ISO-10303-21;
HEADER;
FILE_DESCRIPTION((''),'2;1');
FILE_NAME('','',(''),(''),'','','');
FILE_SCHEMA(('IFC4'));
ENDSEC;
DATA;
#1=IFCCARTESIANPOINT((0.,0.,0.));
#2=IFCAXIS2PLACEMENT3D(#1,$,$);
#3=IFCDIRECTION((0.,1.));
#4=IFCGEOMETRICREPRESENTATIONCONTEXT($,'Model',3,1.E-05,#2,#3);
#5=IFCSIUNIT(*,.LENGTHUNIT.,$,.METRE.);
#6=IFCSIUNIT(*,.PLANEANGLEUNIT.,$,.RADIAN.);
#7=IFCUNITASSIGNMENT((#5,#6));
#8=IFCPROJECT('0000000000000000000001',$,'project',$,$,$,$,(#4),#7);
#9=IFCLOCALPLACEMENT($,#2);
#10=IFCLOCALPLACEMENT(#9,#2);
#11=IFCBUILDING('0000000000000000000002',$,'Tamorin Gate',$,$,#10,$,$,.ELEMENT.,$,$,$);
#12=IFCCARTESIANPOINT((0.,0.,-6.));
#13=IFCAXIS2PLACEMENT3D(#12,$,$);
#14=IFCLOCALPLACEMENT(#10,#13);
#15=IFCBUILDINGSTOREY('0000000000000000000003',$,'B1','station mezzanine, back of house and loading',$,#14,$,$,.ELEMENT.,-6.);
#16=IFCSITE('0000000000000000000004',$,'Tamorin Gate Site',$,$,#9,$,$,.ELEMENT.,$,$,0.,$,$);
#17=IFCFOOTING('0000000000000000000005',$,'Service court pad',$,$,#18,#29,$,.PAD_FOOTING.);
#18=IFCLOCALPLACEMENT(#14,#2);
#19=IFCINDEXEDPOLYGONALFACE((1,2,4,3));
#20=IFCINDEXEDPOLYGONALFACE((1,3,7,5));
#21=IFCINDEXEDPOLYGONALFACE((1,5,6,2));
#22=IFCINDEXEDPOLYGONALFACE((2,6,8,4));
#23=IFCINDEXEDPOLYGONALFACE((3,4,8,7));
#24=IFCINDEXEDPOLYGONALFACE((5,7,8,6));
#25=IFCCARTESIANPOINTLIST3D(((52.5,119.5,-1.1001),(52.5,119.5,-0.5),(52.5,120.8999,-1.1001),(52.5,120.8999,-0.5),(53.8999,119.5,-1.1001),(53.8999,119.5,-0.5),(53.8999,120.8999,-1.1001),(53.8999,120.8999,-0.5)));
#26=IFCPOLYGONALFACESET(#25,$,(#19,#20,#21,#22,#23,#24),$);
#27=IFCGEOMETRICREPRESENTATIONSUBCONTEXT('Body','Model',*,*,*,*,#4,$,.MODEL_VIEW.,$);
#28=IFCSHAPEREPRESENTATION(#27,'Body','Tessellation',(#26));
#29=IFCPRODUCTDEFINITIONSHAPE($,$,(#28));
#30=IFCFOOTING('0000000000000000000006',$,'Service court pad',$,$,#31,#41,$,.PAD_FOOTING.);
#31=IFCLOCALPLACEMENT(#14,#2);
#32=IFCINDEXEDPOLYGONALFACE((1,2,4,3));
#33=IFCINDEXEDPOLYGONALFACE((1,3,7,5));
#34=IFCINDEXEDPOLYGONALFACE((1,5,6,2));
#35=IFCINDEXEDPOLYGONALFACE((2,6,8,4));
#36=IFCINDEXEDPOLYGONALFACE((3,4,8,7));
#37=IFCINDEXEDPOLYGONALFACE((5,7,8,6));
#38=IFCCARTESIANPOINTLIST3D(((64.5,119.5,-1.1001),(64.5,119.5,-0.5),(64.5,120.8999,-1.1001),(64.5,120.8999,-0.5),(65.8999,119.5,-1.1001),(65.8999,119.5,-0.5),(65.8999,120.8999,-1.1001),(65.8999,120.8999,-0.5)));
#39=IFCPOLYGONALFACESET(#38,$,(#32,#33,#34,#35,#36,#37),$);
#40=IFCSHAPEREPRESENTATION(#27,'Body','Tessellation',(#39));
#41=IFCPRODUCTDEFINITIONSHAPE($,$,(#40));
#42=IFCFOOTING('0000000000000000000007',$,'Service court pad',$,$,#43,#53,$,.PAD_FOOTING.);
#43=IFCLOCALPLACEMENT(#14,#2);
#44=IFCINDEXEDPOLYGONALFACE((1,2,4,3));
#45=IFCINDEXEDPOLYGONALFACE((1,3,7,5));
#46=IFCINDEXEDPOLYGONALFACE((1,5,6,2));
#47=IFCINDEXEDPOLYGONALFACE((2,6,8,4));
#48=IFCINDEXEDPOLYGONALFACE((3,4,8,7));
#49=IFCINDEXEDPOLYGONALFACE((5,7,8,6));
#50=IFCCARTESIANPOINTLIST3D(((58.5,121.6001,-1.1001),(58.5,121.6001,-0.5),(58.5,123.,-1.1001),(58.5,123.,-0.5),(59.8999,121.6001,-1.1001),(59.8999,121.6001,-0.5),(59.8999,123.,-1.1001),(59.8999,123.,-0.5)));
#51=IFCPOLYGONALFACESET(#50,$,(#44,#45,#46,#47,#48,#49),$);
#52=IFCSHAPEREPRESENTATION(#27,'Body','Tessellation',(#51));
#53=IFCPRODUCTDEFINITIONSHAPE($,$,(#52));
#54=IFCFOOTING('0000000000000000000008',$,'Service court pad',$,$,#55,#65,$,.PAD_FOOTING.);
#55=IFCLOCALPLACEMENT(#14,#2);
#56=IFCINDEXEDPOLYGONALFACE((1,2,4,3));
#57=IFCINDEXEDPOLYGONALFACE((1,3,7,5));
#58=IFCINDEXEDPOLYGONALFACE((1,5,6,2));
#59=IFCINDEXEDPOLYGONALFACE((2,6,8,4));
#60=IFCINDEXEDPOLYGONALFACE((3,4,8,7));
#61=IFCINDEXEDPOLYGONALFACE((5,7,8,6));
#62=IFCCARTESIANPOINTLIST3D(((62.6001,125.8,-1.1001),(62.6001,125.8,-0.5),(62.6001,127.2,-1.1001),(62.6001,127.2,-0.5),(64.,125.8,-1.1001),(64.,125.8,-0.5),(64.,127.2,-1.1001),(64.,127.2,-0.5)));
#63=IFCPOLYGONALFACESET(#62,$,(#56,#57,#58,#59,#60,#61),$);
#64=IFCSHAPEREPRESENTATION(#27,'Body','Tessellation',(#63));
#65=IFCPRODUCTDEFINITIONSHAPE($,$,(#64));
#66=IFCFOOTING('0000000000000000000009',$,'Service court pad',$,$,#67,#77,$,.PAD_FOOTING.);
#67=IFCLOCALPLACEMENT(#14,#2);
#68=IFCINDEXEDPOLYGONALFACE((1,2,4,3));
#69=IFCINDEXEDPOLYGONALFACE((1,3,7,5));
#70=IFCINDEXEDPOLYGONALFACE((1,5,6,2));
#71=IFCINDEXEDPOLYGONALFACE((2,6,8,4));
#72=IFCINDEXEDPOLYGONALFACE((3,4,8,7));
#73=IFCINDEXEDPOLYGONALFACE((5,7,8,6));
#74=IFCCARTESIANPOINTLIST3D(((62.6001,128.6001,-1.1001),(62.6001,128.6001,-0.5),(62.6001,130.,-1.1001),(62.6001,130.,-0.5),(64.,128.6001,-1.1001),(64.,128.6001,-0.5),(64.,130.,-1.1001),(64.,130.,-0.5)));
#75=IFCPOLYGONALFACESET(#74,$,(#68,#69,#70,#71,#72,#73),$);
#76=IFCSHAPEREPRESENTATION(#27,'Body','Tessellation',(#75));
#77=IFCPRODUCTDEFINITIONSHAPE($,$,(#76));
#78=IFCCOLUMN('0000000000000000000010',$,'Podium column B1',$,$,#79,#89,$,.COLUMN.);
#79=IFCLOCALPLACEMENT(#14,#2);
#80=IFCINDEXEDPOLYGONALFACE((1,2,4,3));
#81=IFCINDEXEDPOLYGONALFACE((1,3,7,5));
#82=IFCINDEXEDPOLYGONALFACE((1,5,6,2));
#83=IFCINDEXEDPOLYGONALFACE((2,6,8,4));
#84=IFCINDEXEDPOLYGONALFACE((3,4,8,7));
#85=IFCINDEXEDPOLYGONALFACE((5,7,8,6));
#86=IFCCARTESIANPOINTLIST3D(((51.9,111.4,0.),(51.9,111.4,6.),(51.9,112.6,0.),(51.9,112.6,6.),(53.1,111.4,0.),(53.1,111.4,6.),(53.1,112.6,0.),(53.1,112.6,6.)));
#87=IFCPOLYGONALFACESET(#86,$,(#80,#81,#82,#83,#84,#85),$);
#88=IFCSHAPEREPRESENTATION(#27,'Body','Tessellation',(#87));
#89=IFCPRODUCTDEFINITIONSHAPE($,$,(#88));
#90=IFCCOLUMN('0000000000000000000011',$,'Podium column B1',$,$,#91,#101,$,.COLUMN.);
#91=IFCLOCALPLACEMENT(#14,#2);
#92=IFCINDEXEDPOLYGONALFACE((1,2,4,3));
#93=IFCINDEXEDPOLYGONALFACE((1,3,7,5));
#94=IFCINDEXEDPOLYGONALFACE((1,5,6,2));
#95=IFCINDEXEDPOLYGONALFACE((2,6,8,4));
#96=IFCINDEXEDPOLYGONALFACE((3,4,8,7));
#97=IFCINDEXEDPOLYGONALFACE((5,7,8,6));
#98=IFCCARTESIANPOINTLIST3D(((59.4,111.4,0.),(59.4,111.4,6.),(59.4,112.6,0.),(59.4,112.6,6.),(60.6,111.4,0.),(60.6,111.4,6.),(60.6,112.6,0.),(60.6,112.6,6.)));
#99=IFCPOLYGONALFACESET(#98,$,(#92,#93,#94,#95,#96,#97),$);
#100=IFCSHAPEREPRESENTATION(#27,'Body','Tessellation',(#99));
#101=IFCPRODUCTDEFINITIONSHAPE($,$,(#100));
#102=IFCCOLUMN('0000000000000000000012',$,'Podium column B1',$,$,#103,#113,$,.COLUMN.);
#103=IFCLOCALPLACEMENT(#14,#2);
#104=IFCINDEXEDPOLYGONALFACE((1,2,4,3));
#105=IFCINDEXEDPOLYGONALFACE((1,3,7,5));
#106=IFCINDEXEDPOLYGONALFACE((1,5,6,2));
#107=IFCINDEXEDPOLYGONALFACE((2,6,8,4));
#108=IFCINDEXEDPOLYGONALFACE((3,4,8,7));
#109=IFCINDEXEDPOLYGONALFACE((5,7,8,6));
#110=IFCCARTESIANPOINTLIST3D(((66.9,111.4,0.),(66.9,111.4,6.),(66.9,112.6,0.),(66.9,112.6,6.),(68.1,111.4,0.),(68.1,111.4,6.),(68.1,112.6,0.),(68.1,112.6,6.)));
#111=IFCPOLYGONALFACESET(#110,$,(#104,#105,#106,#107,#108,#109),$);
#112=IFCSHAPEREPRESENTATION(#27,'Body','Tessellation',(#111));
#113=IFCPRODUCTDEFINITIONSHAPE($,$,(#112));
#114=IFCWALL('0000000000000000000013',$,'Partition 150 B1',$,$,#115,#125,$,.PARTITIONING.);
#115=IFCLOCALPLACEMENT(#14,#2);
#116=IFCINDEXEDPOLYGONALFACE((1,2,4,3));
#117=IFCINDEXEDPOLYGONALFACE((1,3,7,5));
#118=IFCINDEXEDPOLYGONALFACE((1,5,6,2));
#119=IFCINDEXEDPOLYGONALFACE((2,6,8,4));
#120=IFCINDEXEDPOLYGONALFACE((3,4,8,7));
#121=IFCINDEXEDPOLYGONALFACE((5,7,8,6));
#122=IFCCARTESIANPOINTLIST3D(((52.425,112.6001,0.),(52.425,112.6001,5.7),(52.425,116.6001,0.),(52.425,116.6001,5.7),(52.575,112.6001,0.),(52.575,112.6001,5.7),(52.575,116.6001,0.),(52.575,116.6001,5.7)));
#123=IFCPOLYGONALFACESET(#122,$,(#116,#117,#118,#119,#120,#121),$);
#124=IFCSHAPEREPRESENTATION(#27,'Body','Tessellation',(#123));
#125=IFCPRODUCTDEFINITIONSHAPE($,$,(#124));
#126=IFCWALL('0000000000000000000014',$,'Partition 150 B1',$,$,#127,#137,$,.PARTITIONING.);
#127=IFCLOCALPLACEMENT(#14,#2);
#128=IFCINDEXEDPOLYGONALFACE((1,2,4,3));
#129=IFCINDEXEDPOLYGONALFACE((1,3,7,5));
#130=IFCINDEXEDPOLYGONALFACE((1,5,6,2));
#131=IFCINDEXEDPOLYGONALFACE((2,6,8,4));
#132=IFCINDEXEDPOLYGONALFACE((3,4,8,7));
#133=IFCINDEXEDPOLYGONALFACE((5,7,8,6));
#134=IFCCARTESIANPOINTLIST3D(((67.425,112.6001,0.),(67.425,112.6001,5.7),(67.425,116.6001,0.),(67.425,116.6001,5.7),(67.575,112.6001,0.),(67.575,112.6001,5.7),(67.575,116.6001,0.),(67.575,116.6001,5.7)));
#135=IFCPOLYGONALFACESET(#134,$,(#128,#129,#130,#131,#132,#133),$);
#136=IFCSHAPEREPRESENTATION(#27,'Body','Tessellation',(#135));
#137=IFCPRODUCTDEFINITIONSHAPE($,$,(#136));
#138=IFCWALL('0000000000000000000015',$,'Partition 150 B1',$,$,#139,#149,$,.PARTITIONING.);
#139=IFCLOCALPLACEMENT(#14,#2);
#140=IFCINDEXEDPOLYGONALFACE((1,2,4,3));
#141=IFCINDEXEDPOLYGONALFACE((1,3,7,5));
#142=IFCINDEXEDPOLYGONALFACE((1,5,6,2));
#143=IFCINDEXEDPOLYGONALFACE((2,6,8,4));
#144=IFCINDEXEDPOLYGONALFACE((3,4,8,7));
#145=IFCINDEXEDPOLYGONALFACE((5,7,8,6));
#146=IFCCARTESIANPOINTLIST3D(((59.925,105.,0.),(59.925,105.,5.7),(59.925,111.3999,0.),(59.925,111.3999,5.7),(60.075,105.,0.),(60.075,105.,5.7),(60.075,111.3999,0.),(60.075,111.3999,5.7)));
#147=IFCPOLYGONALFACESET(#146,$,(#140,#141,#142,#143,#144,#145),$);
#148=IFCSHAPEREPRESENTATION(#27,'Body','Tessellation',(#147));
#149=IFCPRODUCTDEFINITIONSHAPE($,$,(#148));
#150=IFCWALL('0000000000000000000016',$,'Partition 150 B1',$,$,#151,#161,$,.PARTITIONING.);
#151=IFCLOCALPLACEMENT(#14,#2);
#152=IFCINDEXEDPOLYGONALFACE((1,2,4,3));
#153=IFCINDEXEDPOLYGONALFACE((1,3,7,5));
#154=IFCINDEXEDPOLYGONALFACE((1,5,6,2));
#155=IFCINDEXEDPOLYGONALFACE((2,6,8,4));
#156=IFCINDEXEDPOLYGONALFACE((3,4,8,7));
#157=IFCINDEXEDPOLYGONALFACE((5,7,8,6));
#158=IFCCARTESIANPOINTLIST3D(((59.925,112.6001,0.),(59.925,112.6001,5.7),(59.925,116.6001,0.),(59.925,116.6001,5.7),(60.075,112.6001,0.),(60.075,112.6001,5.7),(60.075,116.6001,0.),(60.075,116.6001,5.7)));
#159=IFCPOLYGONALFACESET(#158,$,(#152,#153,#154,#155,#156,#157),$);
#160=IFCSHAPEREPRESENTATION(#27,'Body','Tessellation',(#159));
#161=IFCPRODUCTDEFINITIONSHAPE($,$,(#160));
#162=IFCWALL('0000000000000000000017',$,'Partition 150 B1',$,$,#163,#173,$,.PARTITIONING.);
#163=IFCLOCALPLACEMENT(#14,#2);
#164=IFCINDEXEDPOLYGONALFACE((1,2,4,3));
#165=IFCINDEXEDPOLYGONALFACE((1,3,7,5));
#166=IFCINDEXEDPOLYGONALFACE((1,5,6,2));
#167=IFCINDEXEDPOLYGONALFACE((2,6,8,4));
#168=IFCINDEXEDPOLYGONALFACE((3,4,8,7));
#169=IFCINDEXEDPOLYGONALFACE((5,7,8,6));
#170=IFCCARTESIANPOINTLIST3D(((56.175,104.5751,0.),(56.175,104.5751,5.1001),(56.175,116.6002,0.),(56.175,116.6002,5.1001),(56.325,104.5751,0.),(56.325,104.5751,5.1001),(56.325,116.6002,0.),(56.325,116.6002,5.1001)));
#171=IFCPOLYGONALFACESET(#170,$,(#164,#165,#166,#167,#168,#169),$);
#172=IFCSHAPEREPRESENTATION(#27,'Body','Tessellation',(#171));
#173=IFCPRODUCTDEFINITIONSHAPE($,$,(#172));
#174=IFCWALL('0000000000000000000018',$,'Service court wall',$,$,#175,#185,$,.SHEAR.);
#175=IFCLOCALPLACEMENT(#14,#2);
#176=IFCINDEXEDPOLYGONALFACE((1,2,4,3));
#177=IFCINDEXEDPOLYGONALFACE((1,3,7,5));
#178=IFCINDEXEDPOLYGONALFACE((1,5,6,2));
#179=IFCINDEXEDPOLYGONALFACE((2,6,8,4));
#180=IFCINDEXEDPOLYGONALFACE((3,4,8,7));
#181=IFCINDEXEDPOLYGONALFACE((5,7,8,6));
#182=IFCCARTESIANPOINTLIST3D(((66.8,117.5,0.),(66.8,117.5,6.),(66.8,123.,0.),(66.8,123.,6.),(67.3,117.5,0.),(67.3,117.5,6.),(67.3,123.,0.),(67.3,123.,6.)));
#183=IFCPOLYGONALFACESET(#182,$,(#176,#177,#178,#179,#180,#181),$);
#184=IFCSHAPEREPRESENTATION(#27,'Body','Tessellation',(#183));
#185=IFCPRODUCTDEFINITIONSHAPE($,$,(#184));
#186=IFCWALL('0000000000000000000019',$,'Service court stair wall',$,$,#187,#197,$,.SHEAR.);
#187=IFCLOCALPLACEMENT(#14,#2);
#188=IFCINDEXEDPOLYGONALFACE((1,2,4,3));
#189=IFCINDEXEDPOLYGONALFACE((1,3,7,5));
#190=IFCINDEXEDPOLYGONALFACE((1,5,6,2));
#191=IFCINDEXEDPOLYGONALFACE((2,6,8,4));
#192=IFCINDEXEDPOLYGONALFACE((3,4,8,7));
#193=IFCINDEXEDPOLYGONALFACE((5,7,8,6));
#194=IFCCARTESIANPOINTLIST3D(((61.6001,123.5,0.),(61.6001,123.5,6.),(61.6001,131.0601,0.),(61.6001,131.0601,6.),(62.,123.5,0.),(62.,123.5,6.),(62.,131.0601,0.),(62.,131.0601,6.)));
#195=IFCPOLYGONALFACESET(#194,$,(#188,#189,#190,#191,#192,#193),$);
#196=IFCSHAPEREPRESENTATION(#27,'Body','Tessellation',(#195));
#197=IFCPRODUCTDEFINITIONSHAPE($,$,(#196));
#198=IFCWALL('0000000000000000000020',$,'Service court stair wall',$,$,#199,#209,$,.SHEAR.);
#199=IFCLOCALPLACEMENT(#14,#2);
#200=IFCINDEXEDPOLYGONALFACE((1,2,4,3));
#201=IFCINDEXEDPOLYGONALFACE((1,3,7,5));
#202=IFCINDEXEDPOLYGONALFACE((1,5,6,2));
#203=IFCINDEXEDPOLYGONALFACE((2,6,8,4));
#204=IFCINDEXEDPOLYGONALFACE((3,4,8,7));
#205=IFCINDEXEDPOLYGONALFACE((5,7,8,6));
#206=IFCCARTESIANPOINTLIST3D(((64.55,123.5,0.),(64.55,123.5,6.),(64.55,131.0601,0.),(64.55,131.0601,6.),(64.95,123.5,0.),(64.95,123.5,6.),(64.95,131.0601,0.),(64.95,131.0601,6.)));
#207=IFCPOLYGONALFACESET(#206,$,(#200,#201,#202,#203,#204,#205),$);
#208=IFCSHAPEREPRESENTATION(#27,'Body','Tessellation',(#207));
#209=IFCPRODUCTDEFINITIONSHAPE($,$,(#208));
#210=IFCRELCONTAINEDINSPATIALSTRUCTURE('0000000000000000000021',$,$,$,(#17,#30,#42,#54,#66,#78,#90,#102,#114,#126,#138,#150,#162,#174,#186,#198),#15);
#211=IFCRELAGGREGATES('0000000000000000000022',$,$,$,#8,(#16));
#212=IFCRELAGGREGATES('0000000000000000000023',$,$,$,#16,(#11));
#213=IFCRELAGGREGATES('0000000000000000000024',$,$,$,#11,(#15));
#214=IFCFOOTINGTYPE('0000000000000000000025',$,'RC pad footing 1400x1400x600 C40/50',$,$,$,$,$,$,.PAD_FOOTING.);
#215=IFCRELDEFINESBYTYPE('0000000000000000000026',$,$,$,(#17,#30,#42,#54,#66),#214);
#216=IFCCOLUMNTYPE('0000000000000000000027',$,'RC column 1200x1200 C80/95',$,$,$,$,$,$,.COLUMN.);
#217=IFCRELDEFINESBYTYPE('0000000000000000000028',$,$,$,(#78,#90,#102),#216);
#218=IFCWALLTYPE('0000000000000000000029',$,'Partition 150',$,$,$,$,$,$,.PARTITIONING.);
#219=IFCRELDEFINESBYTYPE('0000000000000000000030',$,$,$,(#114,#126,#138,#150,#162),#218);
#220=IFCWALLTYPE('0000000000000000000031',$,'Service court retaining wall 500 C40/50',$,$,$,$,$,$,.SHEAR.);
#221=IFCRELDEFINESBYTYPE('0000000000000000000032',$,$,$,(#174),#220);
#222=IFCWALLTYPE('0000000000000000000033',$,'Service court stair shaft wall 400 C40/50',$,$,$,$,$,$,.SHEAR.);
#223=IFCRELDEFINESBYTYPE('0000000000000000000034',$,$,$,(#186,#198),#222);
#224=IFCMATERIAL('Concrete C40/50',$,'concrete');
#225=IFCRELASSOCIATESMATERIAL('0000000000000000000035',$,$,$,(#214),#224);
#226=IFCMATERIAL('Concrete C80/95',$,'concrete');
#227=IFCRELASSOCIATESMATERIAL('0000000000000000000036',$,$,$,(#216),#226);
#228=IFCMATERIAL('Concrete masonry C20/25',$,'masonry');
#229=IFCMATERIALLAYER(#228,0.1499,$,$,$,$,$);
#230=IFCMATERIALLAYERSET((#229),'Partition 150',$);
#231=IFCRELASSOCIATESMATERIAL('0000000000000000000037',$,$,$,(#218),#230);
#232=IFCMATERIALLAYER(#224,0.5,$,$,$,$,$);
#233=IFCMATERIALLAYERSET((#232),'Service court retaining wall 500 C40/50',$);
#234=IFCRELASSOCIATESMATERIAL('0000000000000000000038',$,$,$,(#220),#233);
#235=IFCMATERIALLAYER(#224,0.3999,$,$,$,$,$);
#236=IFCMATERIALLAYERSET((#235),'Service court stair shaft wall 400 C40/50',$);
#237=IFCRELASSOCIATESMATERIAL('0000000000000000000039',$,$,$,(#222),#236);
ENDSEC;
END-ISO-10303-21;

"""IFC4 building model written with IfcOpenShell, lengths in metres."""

from ifc_helpers import new_model, si_unit, direction, frame, frame_2d, origin, origin_2d, place, context, subcontext, project, spatial, rectangle, extrude, material, layer, layer_set, material_profile, profile_set, type_object, element, save


model = new_model("IFC4")

# Units and contexts
model_context = context("Model", 3, precision=1e-05, world=origin(), true_north=direction((0.0, 1.0)))
body_context = subcontext(model_context, "Body", "Model", "MODEL_VIEW")
ifc_project = project(units=[si_unit("LENGTHUNIT", "METRE"), si_unit("PLANEANGLEUNIT", "RADIAN")], contexts=[model_context])

# Site, building, storey
site_placement = place(None, origin())
site = spatial("IfcSite", under=ifc_project, at=site_placement, Name="Tamorin Gate Site", CompositionType="ELEMENT", RefElevation=0.0)
building_placement = place(site_placement, origin())
building = spatial("IfcBuilding", under=site, at=building_placement, Name="Tamorin Gate", CompositionType="ELEMENT")
storey_placement = place(building_placement, frame((0.0, 0.0, -6.0)))
storey = spatial("IfcBuildingStorey", under=building, at=storey_placement, Name="B1", Description="station mezzanine, back of house and loading", CompositionType="ELEMENT", Elevation=-6.0)

# Footings
ifc_material_1 = material(Name="Concrete C40/50", Category="concrete")
footing_type = type_object("IfcFootingType", Name="RC pad footing 1400x1400x600 C40/50", PredefinedType="PAD_FOOTING", material=ifc_material_1)
for number, where, z_axis, x_axis, name in (
    (1, (53.2, 120.2, -1.1001), (0.0, 0.0, 1.0), (1.0, 0.0, 0.0), "Service court pad"),
    (2, (65.2, 120.2, -1.1001), (0.0, 0.0, 1.0), (1.0, 0.0, 0.0), "Service court pad"),
    (3, (59.2, 122.3, -1.1001), (0.0, 0.0, 1.0), (1.0, 0.0, 0.0), "Service court pad"),
    (4, (63.3, 126.5, -1.1001), (0.0, 0.0, 1.0), (1.0, 0.0, 0.0), "Service court pad"),
    (5, (63.3, 129.3, -1.1001), (0.0, 0.0, 1.0), (1.0, 0.0, 0.0), "Service court pad"),
):
    element("IfcFooting", number, at=place(storey_placement, frame(where, z_axis=z_axis, x_axis=x_axis)), inside=storey, type_object=footing_type, Name=name, PredefinedType="PAD_FOOTING", context=body_context, shape_type="SweptSolid", body=[
        extrude(rectangle(XDim=1.3999, YDim=1.3999, at=origin_2d()), origin(), (0.0, 0.0, 1.0), 0.6001),
    ])

# Columns
ifc_material_2 = material(Name="Concrete C80/95", Category="concrete")
ifc_material_profile = material_profile(ifc_material_2, rectangle(XDim=1.2, YDim=1.2, at=origin_2d()), Name="RC 1200x1200")
ifc_profile_set = profile_set([ifc_material_profile], Name="Concrete C80/95")
column_type = type_object("IfcColumnType", Name="RC column 1200x1200 C80/95", PredefinedType="COLUMN", material=ifc_profile_set)
for number, where, z_axis, x_axis, name in (
    (6, (52.5, 112.0, 0.0), (0.0, 0.0, 1.0), (1.0, 0.0, 0.0), "Podium column B1"),
    (7, (60.0, 112.0, 0.0), (0.0, 0.0, 1.0), (1.0, 0.0, 0.0), "Podium column B1"),
    (8, (67.5, 112.0, 0.0), (0.0, 0.0, 1.0), (1.0, 0.0, 0.0), "Podium column B1"),
):
    element("IfcColumn", number, at=place(storey_placement, frame(where, z_axis=z_axis, x_axis=x_axis)), inside=storey, type_object=column_type, Name=name, PredefinedType="COLUMN", context=body_context, shape_type="SweptSolid", body=[
        extrude(rectangle(XDim=1.2, YDim=1.2, at=origin_2d()), origin(), (0.0, 0.0, 1.0), 6.0),
    ])

# Walls
ifc_material_3 = material(Name="Concrete masonry C20/25", Category="masonry")
ifc_layer_1 = layer(ifc_material_3, 0.1499)
ifc_layer_set_1 = layer_set([ifc_layer_1], Name="Partition 150")
wall_type_1 = type_object("IfcWallType", Name="Partition 150", PredefinedType="PARTITIONING", material=ifc_layer_set_1)
for number, where, z_axis, x_axis, name in (
    (9, (52.5, 112.6001, 0.0), (0.0, 0.0, 1.0), (0.0, 1.0, 0.0), "Partition 150 B1"),
    (10, (67.5, 112.6001, 0.0), (0.0, 0.0, 1.0), (0.0, 1.0, 0.0), "Partition 150 B1"),
):
    element("IfcWall", number, at=place(storey_placement, frame(where, z_axis=z_axis, x_axis=x_axis)), inside=storey, type_object=wall_type_1, Name=name, PredefinedType="PARTITIONING", context=body_context, shape_type="SweptSolid", body=[
        extrude(rectangle(XDim=4.0, YDim=0.1499, at=frame_2d((2.0, 0.0))), origin(), (0.0, 0.0, 1.0), 5.7),
    ])
wall_1_placement = place(storey_placement, frame((60.0, 105.0, 0.0), z_axis=(0.0, 0.0, 1.0), x_axis=(0.0, 1.0, 0.0)))
element("IfcWall", 11, at=wall_1_placement, inside=storey, type_object=wall_type_1, Name="Partition 150 B1", PredefinedType="PARTITIONING", context=body_context, shape_type="SweptSolid", body=[
    extrude(rectangle(XDim=6.3999, YDim=0.1499, at=frame_2d((3.2, 0.0))), origin(), (0.0, 0.0, 1.0), 5.7),
])
wall_2_placement = place(storey_placement, frame((60.0, 112.6001, 0.0), z_axis=(0.0, 0.0, 1.0), x_axis=(0.0, 1.0, 0.0)))
element("IfcWall", 12, at=wall_2_placement, inside=storey, type_object=wall_type_1, Name="Partition 150 B1", PredefinedType="PARTITIONING", context=body_context, shape_type="SweptSolid", body=[
    extrude(rectangle(XDim=4.0, YDim=0.1499, at=frame_2d((2.0, 0.0))), origin(), (0.0, 0.0, 1.0), 5.7),
])
wall_3_placement = place(storey_placement, frame((56.25, 104.575, 0.0), z_axis=(0.0, 0.0, 1.0), x_axis=(0.0, 1.0, 0.0)))
element("IfcWall", 13, at=wall_3_placement, inside=storey, type_object=wall_type_1, Name="Partition 150 B1", PredefinedType="PARTITIONING", context=body_context, shape_type="SweptSolid", body=[
    extrude(rectangle(XDim=12.0251, YDim=0.1499, at=frame_2d((6.0127, 0.0))), origin(), (0.0, 0.0, 1.0), 5.1001),
])
ifc_layer_2 = layer(ifc_material_1, 0.5)
ifc_layer_set_2 = layer_set([ifc_layer_2], Name="Service court retaining wall 500 C40/50")
wall_type_2 = type_object("IfcWallType", Name="Service court retaining wall 500 C40/50", PredefinedType="SHEAR", material=ifc_layer_set_2)
wall_4_placement = place(storey_placement, frame((67.05, 117.5, 0.0), z_axis=(0.0, 0.0, 1.0), x_axis=(0.0, 1.0, 0.0)))
element("IfcWall", 14, at=wall_4_placement, inside=storey, type_object=wall_type_2, Name="Service court wall", PredefinedType="SHEAR", context=body_context, shape_type="SweptSolid", body=[
    extrude(rectangle(XDim=5.5, YDim=0.5, at=frame_2d((2.75, 0.0))), origin(), (0.0, 0.0, 1.0), 6.0),
])
ifc_layer_3 = layer(ifc_material_1, 0.3999)
ifc_layer_set_3 = layer_set([ifc_layer_3], Name="Service court stair shaft wall 400 C40/50")
wall_type_3 = type_object("IfcWallType", Name="Service court stair shaft wall 400 C40/50", PredefinedType="SHEAR", material=ifc_layer_set_3)
for number, where, z_axis, x_axis, name in (
    (15, (61.8, 123.5, 0.0), (0.0, 0.0, 1.0), (0.0, 1.0, 0.0), "Service court stair wall"),
    (16, (64.75, 123.5, 0.0), (0.0, 0.0, 1.0), (0.0, 1.0, 0.0), "Service court stair wall"),
):
    element("IfcWall", number, at=place(storey_placement, frame(where, z_axis=z_axis, x_axis=x_axis)), inside=storey, type_object=wall_type_3, Name=name, PredefinedType="SHEAR", context=body_context, shape_type="SweptSolid", body=[
        extrude(rectangle(XDim=7.5601, YDim=0.3999, at=frame_2d((3.78, 0.0))), origin(), (0.0, 0.0, 1.0), 6.0),
    ])

save(model, "model.ifc")
